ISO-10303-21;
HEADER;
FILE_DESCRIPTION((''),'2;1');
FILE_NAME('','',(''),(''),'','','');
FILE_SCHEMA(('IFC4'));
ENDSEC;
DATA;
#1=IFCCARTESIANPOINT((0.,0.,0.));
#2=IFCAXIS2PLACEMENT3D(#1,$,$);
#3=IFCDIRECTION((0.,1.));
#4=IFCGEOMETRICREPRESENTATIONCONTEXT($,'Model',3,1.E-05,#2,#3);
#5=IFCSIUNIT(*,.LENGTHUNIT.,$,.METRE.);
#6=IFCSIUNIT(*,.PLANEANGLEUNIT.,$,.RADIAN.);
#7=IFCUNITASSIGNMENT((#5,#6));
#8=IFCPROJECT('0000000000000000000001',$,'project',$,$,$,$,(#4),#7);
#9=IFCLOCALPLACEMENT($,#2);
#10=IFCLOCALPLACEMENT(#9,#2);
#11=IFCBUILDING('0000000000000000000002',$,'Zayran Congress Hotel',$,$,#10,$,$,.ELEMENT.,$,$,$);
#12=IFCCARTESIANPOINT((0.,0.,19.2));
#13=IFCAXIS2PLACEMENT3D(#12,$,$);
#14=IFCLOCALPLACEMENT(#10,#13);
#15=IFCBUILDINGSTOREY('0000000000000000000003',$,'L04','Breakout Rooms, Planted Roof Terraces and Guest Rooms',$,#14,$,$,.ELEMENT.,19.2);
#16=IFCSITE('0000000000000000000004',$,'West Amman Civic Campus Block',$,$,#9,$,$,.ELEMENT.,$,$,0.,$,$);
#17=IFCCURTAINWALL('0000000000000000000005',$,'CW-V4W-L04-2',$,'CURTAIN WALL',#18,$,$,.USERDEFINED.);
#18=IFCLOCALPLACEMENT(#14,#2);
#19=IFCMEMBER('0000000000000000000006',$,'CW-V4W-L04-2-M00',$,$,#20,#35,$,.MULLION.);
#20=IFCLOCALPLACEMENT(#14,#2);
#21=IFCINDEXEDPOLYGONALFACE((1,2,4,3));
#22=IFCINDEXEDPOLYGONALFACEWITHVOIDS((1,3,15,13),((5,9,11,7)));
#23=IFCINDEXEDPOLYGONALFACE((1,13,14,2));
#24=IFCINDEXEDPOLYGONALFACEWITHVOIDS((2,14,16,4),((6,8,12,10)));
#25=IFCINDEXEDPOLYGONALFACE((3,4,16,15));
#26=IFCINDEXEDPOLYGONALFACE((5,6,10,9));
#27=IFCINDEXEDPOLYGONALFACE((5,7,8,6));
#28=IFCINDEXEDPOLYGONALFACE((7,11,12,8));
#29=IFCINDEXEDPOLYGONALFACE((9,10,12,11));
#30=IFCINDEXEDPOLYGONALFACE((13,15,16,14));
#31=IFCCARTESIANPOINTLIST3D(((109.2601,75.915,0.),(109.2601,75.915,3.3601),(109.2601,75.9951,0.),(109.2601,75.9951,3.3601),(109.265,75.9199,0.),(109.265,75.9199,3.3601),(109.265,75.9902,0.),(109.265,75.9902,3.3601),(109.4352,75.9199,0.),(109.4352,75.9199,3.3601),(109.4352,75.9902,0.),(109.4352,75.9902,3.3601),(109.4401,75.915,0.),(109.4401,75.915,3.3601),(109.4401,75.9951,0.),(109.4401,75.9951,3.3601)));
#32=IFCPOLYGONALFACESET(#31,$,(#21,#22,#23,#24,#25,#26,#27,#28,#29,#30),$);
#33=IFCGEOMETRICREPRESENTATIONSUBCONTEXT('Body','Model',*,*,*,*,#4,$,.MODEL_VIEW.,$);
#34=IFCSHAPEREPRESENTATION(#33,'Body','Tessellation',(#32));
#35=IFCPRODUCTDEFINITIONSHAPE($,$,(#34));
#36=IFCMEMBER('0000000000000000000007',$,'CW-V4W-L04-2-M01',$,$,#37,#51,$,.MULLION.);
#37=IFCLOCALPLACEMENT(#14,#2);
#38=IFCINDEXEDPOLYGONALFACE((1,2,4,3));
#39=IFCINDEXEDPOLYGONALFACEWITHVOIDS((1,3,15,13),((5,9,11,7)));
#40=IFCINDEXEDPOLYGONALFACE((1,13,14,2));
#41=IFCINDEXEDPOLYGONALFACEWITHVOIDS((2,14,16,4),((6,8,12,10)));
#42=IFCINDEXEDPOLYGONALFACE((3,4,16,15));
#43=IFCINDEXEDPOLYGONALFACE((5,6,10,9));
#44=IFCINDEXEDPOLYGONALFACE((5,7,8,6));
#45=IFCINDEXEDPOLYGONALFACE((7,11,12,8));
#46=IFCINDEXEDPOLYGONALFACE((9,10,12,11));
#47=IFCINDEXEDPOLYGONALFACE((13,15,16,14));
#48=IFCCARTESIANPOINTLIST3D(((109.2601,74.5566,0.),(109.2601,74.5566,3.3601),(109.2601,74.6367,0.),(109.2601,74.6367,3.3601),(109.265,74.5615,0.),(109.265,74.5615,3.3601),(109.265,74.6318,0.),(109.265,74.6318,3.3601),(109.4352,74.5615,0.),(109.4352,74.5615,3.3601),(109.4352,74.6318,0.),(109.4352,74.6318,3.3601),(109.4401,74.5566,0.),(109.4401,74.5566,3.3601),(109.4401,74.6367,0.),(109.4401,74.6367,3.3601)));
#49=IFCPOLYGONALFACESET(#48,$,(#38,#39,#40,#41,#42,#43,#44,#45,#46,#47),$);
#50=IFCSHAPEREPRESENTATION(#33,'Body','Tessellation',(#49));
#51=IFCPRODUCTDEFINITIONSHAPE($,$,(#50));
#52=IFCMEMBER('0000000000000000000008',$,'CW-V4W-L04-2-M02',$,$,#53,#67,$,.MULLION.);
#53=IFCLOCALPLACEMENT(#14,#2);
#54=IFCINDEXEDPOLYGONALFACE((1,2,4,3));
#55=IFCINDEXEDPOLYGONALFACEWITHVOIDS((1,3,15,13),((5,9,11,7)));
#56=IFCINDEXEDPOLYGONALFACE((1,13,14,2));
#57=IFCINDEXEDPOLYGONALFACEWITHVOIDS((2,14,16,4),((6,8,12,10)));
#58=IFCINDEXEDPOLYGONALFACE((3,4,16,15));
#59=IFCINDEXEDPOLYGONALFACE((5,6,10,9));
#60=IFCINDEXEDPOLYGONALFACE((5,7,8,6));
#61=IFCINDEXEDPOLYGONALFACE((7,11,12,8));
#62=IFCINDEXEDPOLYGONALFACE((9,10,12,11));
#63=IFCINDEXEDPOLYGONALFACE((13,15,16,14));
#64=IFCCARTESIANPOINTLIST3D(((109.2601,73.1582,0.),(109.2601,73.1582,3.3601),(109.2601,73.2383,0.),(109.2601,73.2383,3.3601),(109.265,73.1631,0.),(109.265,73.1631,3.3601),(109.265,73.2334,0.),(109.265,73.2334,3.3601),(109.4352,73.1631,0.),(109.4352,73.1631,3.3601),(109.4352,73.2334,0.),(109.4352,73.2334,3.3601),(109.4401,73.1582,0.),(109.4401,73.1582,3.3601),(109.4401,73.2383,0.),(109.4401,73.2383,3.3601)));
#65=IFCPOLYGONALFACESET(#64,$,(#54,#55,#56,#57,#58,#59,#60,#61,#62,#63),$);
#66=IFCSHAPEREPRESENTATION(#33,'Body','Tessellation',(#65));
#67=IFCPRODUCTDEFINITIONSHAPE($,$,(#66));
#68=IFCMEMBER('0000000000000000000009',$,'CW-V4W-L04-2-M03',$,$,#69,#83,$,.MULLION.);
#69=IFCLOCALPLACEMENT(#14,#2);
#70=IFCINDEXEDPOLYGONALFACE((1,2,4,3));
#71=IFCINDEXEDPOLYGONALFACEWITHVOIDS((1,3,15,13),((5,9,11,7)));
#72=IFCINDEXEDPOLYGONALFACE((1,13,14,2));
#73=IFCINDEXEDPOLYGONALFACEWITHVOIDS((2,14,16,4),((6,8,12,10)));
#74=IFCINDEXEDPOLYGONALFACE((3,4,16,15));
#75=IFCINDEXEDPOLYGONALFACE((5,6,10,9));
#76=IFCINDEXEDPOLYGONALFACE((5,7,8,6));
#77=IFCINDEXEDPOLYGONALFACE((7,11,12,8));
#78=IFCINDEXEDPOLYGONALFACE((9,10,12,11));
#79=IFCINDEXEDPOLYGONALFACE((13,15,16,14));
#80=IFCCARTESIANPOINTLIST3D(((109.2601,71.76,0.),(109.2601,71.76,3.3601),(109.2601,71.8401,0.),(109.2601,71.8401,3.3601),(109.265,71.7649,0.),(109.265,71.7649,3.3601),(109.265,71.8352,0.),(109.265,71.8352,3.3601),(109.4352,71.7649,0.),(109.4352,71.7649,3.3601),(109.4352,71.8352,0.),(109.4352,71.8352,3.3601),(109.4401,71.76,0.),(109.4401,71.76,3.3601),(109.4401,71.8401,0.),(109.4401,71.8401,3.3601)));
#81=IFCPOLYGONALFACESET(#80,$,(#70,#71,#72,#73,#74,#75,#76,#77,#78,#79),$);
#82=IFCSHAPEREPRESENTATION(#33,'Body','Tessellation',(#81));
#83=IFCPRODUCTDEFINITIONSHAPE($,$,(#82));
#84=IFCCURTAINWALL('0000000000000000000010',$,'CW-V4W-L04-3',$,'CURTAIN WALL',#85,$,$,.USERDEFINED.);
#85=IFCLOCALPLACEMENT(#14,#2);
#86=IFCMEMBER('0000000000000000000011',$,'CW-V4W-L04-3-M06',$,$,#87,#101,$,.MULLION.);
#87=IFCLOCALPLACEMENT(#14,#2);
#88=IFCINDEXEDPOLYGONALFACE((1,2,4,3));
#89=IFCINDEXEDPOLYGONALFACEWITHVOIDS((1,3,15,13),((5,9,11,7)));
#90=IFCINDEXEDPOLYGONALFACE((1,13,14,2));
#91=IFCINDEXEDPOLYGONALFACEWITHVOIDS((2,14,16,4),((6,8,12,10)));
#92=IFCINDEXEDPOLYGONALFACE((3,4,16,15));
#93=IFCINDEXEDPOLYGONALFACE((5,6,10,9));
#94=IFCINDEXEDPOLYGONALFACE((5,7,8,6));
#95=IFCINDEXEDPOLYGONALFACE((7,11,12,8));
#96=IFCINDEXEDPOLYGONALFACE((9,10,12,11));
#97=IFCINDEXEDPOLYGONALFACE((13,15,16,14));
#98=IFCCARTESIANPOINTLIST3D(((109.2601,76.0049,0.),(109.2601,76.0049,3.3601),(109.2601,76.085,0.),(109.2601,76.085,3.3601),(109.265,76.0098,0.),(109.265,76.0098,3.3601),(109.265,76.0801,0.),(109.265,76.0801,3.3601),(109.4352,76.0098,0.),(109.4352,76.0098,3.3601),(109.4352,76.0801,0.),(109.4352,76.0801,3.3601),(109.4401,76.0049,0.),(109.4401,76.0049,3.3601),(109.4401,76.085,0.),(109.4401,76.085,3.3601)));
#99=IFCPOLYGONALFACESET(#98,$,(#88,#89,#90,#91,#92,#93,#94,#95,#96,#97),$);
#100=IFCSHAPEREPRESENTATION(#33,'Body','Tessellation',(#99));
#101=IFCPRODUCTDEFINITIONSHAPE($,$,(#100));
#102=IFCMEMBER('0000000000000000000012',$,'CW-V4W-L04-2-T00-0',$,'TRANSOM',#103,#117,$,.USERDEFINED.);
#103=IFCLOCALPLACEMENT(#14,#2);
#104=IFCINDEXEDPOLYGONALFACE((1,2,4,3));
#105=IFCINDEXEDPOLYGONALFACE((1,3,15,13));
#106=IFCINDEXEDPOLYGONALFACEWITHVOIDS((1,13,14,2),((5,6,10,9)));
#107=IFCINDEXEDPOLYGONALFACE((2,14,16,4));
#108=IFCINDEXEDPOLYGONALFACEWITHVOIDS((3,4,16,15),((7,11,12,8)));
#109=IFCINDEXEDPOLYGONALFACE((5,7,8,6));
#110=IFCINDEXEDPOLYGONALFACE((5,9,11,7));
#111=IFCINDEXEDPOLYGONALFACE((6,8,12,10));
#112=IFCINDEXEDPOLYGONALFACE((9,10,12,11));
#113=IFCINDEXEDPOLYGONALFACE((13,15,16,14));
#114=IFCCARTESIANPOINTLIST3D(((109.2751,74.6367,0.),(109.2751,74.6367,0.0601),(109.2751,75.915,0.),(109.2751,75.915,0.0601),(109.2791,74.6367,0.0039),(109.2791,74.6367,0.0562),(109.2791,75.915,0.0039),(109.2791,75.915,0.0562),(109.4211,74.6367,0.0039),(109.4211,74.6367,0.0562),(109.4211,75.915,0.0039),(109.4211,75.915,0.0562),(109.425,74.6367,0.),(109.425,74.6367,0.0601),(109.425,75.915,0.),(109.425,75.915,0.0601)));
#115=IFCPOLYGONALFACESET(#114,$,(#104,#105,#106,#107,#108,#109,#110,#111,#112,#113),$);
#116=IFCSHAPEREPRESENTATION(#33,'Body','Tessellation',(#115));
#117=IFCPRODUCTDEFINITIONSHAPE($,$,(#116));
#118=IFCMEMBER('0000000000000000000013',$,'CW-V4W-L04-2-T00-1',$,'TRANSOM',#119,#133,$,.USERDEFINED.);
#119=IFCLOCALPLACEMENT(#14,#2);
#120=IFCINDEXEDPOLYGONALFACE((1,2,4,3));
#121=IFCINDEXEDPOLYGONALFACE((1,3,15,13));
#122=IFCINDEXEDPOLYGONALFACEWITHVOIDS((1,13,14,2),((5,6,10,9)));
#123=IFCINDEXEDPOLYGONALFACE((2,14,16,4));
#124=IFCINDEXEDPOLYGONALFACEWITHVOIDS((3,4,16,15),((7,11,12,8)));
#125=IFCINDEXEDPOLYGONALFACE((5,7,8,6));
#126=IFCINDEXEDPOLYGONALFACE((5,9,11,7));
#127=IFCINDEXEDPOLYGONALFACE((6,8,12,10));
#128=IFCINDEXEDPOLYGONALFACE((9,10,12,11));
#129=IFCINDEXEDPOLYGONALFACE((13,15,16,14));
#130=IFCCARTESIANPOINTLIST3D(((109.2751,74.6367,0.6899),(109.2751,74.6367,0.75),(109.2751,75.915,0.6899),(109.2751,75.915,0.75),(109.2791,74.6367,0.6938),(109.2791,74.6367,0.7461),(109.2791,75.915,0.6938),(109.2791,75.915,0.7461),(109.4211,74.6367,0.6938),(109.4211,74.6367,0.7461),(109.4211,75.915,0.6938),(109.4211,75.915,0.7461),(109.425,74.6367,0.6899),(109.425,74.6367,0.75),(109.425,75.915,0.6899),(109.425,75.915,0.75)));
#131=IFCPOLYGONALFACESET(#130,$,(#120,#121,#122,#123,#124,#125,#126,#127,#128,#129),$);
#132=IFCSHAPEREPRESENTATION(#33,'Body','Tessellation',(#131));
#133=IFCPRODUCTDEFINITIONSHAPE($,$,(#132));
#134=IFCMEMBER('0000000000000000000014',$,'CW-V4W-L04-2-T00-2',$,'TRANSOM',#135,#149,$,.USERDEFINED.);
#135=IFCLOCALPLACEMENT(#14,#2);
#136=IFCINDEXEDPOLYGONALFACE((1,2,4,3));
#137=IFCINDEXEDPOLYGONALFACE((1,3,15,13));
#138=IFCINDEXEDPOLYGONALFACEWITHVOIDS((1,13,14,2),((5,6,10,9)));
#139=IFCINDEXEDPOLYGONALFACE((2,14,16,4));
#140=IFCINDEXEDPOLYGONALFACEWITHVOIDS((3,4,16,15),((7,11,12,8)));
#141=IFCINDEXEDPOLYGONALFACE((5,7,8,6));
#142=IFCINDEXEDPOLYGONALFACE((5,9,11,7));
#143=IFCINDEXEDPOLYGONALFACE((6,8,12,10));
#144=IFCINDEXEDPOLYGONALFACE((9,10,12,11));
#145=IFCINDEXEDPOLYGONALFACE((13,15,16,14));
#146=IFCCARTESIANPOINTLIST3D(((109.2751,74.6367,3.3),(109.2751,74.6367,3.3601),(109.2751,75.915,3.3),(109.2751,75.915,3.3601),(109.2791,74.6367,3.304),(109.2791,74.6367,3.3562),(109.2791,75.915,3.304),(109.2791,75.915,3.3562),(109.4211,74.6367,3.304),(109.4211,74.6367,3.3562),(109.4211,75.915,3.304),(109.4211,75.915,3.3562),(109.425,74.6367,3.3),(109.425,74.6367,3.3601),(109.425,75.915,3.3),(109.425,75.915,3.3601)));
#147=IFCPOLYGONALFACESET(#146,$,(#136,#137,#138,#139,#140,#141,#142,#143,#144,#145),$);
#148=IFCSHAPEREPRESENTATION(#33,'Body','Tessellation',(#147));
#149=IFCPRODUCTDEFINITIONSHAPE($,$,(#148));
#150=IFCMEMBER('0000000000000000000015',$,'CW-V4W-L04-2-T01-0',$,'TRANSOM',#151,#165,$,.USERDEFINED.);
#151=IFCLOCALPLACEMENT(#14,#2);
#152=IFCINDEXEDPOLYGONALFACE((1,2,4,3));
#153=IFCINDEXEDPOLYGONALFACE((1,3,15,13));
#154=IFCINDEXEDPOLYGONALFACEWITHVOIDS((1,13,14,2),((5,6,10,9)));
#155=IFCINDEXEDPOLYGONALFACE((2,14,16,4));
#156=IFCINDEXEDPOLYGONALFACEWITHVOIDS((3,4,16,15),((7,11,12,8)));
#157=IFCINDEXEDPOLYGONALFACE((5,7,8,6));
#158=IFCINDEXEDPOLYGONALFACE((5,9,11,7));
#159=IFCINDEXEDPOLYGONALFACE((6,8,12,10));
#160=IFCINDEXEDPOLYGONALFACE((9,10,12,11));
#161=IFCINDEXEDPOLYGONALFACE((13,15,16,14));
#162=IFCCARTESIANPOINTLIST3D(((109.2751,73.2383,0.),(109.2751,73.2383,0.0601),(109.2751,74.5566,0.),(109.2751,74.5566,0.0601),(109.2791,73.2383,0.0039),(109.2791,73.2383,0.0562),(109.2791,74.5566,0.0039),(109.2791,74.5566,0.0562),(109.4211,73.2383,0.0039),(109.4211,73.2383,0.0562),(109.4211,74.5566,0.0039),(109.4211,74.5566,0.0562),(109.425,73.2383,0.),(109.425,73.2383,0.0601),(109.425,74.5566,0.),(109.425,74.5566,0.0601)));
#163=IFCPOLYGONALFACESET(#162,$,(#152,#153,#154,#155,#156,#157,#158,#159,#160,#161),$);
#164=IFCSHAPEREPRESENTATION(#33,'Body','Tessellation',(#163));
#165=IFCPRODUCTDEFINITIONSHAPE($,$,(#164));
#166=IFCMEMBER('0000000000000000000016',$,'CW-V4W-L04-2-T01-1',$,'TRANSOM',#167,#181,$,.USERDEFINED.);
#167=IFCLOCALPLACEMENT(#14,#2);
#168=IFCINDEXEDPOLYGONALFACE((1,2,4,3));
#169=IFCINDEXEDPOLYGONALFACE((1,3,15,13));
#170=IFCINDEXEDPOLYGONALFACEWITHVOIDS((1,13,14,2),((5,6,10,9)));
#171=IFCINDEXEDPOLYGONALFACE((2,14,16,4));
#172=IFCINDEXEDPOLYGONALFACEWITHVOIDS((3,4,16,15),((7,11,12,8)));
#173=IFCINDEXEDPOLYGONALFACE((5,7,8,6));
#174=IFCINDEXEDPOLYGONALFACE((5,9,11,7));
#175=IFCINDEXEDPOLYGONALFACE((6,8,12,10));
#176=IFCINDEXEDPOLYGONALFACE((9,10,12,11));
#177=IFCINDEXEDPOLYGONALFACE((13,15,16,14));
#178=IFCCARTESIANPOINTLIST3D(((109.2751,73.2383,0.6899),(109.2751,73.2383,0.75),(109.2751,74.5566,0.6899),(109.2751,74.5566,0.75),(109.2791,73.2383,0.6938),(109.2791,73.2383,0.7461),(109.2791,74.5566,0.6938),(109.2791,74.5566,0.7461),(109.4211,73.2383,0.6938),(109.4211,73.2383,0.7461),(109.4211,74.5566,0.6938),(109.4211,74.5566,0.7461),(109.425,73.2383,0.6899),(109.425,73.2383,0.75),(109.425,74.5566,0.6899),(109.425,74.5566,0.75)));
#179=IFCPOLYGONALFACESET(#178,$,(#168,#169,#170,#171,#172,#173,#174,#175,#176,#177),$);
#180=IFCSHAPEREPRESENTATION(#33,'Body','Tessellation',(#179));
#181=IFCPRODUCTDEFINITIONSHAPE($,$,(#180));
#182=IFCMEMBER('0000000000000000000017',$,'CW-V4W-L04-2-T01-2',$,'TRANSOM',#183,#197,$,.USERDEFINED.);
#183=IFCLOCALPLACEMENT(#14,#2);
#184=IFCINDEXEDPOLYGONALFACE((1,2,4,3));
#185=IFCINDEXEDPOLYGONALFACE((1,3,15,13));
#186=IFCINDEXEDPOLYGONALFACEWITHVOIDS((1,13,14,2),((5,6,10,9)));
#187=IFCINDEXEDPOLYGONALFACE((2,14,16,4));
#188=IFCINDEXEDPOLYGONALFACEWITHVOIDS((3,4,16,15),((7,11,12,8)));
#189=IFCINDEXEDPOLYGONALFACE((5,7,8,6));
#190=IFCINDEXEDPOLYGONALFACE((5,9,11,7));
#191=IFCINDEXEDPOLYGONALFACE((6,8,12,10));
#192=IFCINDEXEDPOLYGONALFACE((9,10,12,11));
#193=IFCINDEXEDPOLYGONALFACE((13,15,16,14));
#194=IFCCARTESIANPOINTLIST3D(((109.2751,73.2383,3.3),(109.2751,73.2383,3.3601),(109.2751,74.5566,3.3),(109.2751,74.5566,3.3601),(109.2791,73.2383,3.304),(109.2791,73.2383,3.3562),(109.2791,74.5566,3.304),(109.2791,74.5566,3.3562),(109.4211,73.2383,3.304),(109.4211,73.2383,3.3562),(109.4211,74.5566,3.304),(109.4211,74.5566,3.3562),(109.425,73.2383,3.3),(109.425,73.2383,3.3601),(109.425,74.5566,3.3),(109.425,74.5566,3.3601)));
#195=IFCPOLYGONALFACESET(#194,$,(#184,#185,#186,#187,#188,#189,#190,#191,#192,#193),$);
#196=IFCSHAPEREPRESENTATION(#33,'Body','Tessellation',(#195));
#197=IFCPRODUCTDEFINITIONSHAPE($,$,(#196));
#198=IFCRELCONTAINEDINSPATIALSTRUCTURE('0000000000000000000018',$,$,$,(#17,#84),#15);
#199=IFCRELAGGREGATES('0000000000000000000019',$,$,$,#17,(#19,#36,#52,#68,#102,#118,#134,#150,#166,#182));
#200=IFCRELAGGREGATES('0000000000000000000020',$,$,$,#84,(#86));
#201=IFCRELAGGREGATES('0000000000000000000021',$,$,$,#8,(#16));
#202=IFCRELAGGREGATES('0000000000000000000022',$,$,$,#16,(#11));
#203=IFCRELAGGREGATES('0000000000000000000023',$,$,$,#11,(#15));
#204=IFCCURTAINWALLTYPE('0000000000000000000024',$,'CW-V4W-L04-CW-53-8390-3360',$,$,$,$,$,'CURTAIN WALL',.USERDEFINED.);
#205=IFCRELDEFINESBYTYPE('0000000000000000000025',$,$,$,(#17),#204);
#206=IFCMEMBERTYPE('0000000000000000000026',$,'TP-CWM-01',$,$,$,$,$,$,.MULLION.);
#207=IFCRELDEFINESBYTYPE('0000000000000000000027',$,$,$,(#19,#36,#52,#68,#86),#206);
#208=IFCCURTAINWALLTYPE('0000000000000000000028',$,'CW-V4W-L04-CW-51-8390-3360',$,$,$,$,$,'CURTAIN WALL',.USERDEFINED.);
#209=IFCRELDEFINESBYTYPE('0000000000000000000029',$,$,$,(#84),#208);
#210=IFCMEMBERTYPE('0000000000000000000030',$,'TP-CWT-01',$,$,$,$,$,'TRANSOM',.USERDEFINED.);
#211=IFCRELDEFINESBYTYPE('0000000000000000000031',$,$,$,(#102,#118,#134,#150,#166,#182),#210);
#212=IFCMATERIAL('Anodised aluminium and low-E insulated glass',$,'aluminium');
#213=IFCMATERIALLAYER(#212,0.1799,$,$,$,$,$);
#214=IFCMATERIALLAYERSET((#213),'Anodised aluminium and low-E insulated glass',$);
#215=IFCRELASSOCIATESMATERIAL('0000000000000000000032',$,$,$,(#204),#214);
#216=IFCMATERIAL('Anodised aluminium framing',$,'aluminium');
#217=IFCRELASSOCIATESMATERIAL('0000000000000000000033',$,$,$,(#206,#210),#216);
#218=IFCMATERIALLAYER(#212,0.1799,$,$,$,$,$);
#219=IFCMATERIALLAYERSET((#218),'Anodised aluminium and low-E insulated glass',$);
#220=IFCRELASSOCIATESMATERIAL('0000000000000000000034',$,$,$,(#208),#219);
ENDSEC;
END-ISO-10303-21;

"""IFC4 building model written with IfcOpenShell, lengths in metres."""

from ifc_helpers import new_model, si_unit, direction, frame, origin, origin_2d, place, context, subcontext, project, spatial, hollow_rectangle, extrude, material, layer, layer_set, material_profile, profile_set, type_object, element, aggregate, save


model = new_model("IFC4")

# Units and contexts
model_context = context("Model", 3, precision=1e-05, world=origin(), true_north=direction((0.0, 1.0)))
body_context = subcontext(model_context, "Body", "Model", "MODEL_VIEW")
ifc_project = project(units=[si_unit("LENGTHUNIT", "METRE"), si_unit("PLANEANGLEUNIT", "RADIAN")], contexts=[model_context])

# Site, building, storey
site_placement = place(None, origin())
site = spatial("IfcSite", under=ifc_project, at=site_placement, Name="West Amman Civic Campus Block", CompositionType="ELEMENT", RefElevation=0.0)
building_placement = place(site_placement, origin())
building = spatial("IfcBuilding", under=site, at=building_placement, Name="Zayran Congress Hotel", CompositionType="ELEMENT")
storey_placement = place(building_placement, frame((0.0, 0.0, 19.2)))
storey = spatial("IfcBuildingStorey", under=building, at=storey_placement, Name="L04", Description="Breakout Rooms, Planted Roof Terraces and Guest Rooms", CompositionType="ELEMENT", Elevation=19.2)

# Curtain wall, members
ifc_material_1 = material(Name="Anodised aluminium and low-E insulated glass", Category="aluminium")
ifc_layer_1 = layer(ifc_material_1, 0.1799)
ifc_layer_set_1 = layer_set([ifc_layer_1], Name="Anodised aluminium and low-E insulated glass")
curtain_wall_type_1 = type_object("IfcCurtainWallType", Name="CW-V4W-L04-CW-53-8390-3360", ElementType="CURTAIN WALL", PredefinedType="USERDEFINED", material=ifc_layer_set_1)
curtain_wall_1_placement = place(storey_placement, origin())
curtain_wall_1 = element("IfcCurtainWall", 1, at=curtain_wall_1_placement, inside=storey, type_object=curtain_wall_type_1, Name="CW-V4W-L04-2", ObjectType="CURTAIN WALL", PredefinedType="USERDEFINED")
ifc_material_2 = material(Name="Anodised aluminium framing", Category="aluminium")
ifc_material_profile_1 = material_profile(ifc_material_2, hollow_rectangle(XDim=0.0801, YDim=0.1799, WallThickness=0.0049, at=origin_2d()), Name="RHS 180x80x5")
ifc_profile_set_1 = profile_set([ifc_material_profile_1], Name="Anodised aluminium framing")
member_type_1 = type_object("IfcMemberType", Name="TP-CWM-01", PredefinedType="MULLION", material=ifc_profile_set_1)
member_1_placement = place(storey_placement, frame((109.3501, 75.9551, 0.0), z_axis=(0.0, 0.0, 1.0), x_axis=(0.0, 1.0, 0.0)))
member_1 = element("IfcMember", 2, at=member_1_placement, type_object=member_type_1, Name="CW-V4W-L04-2-M00", PredefinedType="MULLION", context=body_context, shape_type="SweptSolid", body=[
    extrude(hollow_rectangle(XDim=0.0801, YDim=0.1799, WallThickness=0.0049, at=origin_2d()), origin(), (0.0, 0.0, 1.0), 3.3601),
])
member_2_placement = place(storey_placement, frame((109.3501, 74.5967, 0.0), z_axis=(0.0, 0.0, 1.0), x_axis=(0.0, 1.0, 0.0)))
member_2 = element("IfcMember", 3, at=member_2_placement, type_object=member_type_1, Name="CW-V4W-L04-2-M01", PredefinedType="MULLION", context=body_context, shape_type="SweptSolid", body=[
    extrude(hollow_rectangle(XDim=0.0801, YDim=0.1799, WallThickness=0.0049, at=origin_2d()), origin(), (0.0, 0.0, 1.0), 3.3601),
])
member_3_placement = place(storey_placement, frame((109.3501, 73.1982, 0.0), z_axis=(0.0, 0.0, 1.0), x_axis=(0.0, 1.0, 0.0)))
member_3 = element("IfcMember", 4, at=member_3_placement, type_object=member_type_1, Name="CW-V4W-L04-2-M02", PredefinedType="MULLION", context=body_context, shape_type="SweptSolid", body=[
    extrude(hollow_rectangle(XDim=0.0801, YDim=0.1799, WallThickness=0.0049, at=origin_2d()), origin(), (0.0, 0.0, 1.0), 3.3601),
])
member_4_placement = place(storey_placement, frame((109.3501, 71.8, 0.0), z_axis=(0.0, 0.0, 1.0), x_axis=(0.0, 1.0, 0.0)))
member_4 = element("IfcMember", 5, at=member_4_placement, type_object=member_type_1, Name="CW-V4W-L04-2-M03", PredefinedType="MULLION", context=body_context, shape_type="SweptSolid", body=[
    extrude(hollow_rectangle(XDim=0.0801, YDim=0.1799, WallThickness=0.0049, at=origin_2d()), origin(), (0.0, 0.0, 1.0), 3.3601),
])

# Curtain wall, member
ifc_layer_2 = layer(ifc_material_1, 0.1799)
ifc_layer_set_2 = layer_set([ifc_layer_2], Name="Anodised aluminium and low-E insulated glass")
curtain_wall_type_2 = type_object("IfcCurtainWallType", Name="CW-V4W-L04-CW-51-8390-3360", ElementType="CURTAIN WALL", PredefinedType="USERDEFINED", material=ifc_layer_set_2)
curtain_wall_2_placement = place(storey_placement, origin())
curtain_wall_2 = element("IfcCurtainWall", 6, at=curtain_wall_2_placement, inside=storey, type_object=curtain_wall_type_2, Name="CW-V4W-L04-3", ObjectType="CURTAIN WALL", PredefinedType="USERDEFINED")
member_5_placement = place(storey_placement, frame((109.3501, 76.0449, 0.0), z_axis=(0.0, 0.0, 1.0), x_axis=(0.0, 1.0, 0.0)))
member_5 = element("IfcMember", 7, at=member_5_placement, type_object=member_type_1, Name="CW-V4W-L04-3-M06", PredefinedType="MULLION", context=body_context, shape_type="SweptSolid", body=[
    extrude(hollow_rectangle(XDim=0.0801, YDim=0.1799, WallThickness=0.0049, at=origin_2d()), origin(), (0.0, 0.0, 1.0), 3.3601),
])

# Members
ifc_material_profile_2 = material_profile(ifc_material_2, hollow_rectangle(XDim=0.0601, YDim=0.1499, WallThickness=0.0039, at=origin_2d()), Name="RHS 150x60x4")
ifc_profile_set_2 = profile_set([ifc_material_profile_2], Name="Anodised aluminium framing")
member_type_2 = type_object("IfcMemberType", Name="TP-CWT-01", ElementType="TRANSOM", PredefinedType="USERDEFINED", material=ifc_profile_set_2)
member_6_placement = place(storey_placement, frame((109.3501, 75.915, 0.03), z_axis=(0.0, -1.0, 0.0), x_axis=(0.0, 0.0, 1.0)))
member_6 = element("IfcMember", 8, at=member_6_placement, type_object=member_type_2, Name="CW-V4W-L04-2-T00-0", ObjectType="TRANSOM", PredefinedType="USERDEFINED", context=body_context, shape_type="SweptSolid", body=[
    extrude(hollow_rectangle(XDim=0.0601, YDim=0.1499, WallThickness=0.0039, at=origin_2d()), origin(), (0.0, 0.0, 1.0), 1.2783),
])
member_7_placement = place(storey_placement, frame((109.3501, 75.915, 0.72), z_axis=(0.0, -1.0, 0.0), x_axis=(0.0, 0.0, 1.0)))
member_7 = element("IfcMember", 9, at=member_7_placement, type_object=member_type_2, Name="CW-V4W-L04-2-T00-1", ObjectType="TRANSOM", PredefinedType="USERDEFINED", context=body_context, shape_type="SweptSolid", body=[
    extrude(hollow_rectangle(XDim=0.0601, YDim=0.1499, WallThickness=0.0039, at=origin_2d()), origin(), (0.0, 0.0, 1.0), 1.2783),
])
member_8_placement = place(storey_placement, frame((109.3501, 75.915, 3.3301), z_axis=(0.0, -1.0, 0.0), x_axis=(0.0, 0.0, 1.0)))
member_8 = element("IfcMember", 10, at=member_8_placement, type_object=member_type_2, Name="CW-V4W-L04-2-T00-2", ObjectType="TRANSOM", PredefinedType="USERDEFINED", context=body_context, shape_type="SweptSolid", body=[
    extrude(hollow_rectangle(XDim=0.0601, YDim=0.1499, WallThickness=0.0039, at=origin_2d()), origin(), (0.0, 0.0, 1.0), 1.2783),
])
member_9_placement = place(storey_placement, frame((109.3501, 74.5566, 0.03), z_axis=(0.0, -1.0, 0.0), x_axis=(0.0, 0.0, 1.0)))
member_9 = element("IfcMember", 11, at=member_9_placement, type_object=member_type_2, Name="CW-V4W-L04-2-T01-0", ObjectType="TRANSOM", PredefinedType="USERDEFINED", context=body_context, shape_type="SweptSolid", body=[
    extrude(hollow_rectangle(XDim=0.0601, YDim=0.1499, WallThickness=0.0039, at=origin_2d()), origin(), (0.0, 0.0, 1.0), 1.3184),
])
member_10_placement = place(storey_placement, frame((109.3501, 74.5566, 0.72), z_axis=(0.0, -1.0, 0.0), x_axis=(0.0, 0.0, 1.0)))
member_10 = element("IfcMember", 12, at=member_10_placement, type_object=member_type_2, Name="CW-V4W-L04-2-T01-1", ObjectType="TRANSOM", PredefinedType="USERDEFINED", context=body_context, shape_type="SweptSolid", body=[
    extrude(hollow_rectangle(XDim=0.0601, YDim=0.1499, WallThickness=0.0039, at=origin_2d()), origin(), (0.0, 0.0, 1.0), 1.3184),
])
member_11_placement = place(storey_placement, frame((109.3501, 74.5566, 3.3301), z_axis=(0.0, -1.0, 0.0), x_axis=(0.0, 0.0, 1.0)))
member_11 = element("IfcMember", 13, at=member_11_placement, type_object=member_type_2, Name="CW-V4W-L04-2-T01-2", ObjectType="TRANSOM", PredefinedType="USERDEFINED", context=body_context, shape_type="SweptSolid", body=[
    extrude(hollow_rectangle(XDim=0.0601, YDim=0.1499, WallThickness=0.0039, at=origin_2d()), origin(), (0.0, 0.0, 1.0), 1.3184),
])

aggregate(curtain_wall_1, [member_1, member_2, member_3, member_4, member_6, member_7, member_8, member_9, member_10, member_11])
aggregate(curtain_wall_2, [member_5])

save(model, "model.ifc")
